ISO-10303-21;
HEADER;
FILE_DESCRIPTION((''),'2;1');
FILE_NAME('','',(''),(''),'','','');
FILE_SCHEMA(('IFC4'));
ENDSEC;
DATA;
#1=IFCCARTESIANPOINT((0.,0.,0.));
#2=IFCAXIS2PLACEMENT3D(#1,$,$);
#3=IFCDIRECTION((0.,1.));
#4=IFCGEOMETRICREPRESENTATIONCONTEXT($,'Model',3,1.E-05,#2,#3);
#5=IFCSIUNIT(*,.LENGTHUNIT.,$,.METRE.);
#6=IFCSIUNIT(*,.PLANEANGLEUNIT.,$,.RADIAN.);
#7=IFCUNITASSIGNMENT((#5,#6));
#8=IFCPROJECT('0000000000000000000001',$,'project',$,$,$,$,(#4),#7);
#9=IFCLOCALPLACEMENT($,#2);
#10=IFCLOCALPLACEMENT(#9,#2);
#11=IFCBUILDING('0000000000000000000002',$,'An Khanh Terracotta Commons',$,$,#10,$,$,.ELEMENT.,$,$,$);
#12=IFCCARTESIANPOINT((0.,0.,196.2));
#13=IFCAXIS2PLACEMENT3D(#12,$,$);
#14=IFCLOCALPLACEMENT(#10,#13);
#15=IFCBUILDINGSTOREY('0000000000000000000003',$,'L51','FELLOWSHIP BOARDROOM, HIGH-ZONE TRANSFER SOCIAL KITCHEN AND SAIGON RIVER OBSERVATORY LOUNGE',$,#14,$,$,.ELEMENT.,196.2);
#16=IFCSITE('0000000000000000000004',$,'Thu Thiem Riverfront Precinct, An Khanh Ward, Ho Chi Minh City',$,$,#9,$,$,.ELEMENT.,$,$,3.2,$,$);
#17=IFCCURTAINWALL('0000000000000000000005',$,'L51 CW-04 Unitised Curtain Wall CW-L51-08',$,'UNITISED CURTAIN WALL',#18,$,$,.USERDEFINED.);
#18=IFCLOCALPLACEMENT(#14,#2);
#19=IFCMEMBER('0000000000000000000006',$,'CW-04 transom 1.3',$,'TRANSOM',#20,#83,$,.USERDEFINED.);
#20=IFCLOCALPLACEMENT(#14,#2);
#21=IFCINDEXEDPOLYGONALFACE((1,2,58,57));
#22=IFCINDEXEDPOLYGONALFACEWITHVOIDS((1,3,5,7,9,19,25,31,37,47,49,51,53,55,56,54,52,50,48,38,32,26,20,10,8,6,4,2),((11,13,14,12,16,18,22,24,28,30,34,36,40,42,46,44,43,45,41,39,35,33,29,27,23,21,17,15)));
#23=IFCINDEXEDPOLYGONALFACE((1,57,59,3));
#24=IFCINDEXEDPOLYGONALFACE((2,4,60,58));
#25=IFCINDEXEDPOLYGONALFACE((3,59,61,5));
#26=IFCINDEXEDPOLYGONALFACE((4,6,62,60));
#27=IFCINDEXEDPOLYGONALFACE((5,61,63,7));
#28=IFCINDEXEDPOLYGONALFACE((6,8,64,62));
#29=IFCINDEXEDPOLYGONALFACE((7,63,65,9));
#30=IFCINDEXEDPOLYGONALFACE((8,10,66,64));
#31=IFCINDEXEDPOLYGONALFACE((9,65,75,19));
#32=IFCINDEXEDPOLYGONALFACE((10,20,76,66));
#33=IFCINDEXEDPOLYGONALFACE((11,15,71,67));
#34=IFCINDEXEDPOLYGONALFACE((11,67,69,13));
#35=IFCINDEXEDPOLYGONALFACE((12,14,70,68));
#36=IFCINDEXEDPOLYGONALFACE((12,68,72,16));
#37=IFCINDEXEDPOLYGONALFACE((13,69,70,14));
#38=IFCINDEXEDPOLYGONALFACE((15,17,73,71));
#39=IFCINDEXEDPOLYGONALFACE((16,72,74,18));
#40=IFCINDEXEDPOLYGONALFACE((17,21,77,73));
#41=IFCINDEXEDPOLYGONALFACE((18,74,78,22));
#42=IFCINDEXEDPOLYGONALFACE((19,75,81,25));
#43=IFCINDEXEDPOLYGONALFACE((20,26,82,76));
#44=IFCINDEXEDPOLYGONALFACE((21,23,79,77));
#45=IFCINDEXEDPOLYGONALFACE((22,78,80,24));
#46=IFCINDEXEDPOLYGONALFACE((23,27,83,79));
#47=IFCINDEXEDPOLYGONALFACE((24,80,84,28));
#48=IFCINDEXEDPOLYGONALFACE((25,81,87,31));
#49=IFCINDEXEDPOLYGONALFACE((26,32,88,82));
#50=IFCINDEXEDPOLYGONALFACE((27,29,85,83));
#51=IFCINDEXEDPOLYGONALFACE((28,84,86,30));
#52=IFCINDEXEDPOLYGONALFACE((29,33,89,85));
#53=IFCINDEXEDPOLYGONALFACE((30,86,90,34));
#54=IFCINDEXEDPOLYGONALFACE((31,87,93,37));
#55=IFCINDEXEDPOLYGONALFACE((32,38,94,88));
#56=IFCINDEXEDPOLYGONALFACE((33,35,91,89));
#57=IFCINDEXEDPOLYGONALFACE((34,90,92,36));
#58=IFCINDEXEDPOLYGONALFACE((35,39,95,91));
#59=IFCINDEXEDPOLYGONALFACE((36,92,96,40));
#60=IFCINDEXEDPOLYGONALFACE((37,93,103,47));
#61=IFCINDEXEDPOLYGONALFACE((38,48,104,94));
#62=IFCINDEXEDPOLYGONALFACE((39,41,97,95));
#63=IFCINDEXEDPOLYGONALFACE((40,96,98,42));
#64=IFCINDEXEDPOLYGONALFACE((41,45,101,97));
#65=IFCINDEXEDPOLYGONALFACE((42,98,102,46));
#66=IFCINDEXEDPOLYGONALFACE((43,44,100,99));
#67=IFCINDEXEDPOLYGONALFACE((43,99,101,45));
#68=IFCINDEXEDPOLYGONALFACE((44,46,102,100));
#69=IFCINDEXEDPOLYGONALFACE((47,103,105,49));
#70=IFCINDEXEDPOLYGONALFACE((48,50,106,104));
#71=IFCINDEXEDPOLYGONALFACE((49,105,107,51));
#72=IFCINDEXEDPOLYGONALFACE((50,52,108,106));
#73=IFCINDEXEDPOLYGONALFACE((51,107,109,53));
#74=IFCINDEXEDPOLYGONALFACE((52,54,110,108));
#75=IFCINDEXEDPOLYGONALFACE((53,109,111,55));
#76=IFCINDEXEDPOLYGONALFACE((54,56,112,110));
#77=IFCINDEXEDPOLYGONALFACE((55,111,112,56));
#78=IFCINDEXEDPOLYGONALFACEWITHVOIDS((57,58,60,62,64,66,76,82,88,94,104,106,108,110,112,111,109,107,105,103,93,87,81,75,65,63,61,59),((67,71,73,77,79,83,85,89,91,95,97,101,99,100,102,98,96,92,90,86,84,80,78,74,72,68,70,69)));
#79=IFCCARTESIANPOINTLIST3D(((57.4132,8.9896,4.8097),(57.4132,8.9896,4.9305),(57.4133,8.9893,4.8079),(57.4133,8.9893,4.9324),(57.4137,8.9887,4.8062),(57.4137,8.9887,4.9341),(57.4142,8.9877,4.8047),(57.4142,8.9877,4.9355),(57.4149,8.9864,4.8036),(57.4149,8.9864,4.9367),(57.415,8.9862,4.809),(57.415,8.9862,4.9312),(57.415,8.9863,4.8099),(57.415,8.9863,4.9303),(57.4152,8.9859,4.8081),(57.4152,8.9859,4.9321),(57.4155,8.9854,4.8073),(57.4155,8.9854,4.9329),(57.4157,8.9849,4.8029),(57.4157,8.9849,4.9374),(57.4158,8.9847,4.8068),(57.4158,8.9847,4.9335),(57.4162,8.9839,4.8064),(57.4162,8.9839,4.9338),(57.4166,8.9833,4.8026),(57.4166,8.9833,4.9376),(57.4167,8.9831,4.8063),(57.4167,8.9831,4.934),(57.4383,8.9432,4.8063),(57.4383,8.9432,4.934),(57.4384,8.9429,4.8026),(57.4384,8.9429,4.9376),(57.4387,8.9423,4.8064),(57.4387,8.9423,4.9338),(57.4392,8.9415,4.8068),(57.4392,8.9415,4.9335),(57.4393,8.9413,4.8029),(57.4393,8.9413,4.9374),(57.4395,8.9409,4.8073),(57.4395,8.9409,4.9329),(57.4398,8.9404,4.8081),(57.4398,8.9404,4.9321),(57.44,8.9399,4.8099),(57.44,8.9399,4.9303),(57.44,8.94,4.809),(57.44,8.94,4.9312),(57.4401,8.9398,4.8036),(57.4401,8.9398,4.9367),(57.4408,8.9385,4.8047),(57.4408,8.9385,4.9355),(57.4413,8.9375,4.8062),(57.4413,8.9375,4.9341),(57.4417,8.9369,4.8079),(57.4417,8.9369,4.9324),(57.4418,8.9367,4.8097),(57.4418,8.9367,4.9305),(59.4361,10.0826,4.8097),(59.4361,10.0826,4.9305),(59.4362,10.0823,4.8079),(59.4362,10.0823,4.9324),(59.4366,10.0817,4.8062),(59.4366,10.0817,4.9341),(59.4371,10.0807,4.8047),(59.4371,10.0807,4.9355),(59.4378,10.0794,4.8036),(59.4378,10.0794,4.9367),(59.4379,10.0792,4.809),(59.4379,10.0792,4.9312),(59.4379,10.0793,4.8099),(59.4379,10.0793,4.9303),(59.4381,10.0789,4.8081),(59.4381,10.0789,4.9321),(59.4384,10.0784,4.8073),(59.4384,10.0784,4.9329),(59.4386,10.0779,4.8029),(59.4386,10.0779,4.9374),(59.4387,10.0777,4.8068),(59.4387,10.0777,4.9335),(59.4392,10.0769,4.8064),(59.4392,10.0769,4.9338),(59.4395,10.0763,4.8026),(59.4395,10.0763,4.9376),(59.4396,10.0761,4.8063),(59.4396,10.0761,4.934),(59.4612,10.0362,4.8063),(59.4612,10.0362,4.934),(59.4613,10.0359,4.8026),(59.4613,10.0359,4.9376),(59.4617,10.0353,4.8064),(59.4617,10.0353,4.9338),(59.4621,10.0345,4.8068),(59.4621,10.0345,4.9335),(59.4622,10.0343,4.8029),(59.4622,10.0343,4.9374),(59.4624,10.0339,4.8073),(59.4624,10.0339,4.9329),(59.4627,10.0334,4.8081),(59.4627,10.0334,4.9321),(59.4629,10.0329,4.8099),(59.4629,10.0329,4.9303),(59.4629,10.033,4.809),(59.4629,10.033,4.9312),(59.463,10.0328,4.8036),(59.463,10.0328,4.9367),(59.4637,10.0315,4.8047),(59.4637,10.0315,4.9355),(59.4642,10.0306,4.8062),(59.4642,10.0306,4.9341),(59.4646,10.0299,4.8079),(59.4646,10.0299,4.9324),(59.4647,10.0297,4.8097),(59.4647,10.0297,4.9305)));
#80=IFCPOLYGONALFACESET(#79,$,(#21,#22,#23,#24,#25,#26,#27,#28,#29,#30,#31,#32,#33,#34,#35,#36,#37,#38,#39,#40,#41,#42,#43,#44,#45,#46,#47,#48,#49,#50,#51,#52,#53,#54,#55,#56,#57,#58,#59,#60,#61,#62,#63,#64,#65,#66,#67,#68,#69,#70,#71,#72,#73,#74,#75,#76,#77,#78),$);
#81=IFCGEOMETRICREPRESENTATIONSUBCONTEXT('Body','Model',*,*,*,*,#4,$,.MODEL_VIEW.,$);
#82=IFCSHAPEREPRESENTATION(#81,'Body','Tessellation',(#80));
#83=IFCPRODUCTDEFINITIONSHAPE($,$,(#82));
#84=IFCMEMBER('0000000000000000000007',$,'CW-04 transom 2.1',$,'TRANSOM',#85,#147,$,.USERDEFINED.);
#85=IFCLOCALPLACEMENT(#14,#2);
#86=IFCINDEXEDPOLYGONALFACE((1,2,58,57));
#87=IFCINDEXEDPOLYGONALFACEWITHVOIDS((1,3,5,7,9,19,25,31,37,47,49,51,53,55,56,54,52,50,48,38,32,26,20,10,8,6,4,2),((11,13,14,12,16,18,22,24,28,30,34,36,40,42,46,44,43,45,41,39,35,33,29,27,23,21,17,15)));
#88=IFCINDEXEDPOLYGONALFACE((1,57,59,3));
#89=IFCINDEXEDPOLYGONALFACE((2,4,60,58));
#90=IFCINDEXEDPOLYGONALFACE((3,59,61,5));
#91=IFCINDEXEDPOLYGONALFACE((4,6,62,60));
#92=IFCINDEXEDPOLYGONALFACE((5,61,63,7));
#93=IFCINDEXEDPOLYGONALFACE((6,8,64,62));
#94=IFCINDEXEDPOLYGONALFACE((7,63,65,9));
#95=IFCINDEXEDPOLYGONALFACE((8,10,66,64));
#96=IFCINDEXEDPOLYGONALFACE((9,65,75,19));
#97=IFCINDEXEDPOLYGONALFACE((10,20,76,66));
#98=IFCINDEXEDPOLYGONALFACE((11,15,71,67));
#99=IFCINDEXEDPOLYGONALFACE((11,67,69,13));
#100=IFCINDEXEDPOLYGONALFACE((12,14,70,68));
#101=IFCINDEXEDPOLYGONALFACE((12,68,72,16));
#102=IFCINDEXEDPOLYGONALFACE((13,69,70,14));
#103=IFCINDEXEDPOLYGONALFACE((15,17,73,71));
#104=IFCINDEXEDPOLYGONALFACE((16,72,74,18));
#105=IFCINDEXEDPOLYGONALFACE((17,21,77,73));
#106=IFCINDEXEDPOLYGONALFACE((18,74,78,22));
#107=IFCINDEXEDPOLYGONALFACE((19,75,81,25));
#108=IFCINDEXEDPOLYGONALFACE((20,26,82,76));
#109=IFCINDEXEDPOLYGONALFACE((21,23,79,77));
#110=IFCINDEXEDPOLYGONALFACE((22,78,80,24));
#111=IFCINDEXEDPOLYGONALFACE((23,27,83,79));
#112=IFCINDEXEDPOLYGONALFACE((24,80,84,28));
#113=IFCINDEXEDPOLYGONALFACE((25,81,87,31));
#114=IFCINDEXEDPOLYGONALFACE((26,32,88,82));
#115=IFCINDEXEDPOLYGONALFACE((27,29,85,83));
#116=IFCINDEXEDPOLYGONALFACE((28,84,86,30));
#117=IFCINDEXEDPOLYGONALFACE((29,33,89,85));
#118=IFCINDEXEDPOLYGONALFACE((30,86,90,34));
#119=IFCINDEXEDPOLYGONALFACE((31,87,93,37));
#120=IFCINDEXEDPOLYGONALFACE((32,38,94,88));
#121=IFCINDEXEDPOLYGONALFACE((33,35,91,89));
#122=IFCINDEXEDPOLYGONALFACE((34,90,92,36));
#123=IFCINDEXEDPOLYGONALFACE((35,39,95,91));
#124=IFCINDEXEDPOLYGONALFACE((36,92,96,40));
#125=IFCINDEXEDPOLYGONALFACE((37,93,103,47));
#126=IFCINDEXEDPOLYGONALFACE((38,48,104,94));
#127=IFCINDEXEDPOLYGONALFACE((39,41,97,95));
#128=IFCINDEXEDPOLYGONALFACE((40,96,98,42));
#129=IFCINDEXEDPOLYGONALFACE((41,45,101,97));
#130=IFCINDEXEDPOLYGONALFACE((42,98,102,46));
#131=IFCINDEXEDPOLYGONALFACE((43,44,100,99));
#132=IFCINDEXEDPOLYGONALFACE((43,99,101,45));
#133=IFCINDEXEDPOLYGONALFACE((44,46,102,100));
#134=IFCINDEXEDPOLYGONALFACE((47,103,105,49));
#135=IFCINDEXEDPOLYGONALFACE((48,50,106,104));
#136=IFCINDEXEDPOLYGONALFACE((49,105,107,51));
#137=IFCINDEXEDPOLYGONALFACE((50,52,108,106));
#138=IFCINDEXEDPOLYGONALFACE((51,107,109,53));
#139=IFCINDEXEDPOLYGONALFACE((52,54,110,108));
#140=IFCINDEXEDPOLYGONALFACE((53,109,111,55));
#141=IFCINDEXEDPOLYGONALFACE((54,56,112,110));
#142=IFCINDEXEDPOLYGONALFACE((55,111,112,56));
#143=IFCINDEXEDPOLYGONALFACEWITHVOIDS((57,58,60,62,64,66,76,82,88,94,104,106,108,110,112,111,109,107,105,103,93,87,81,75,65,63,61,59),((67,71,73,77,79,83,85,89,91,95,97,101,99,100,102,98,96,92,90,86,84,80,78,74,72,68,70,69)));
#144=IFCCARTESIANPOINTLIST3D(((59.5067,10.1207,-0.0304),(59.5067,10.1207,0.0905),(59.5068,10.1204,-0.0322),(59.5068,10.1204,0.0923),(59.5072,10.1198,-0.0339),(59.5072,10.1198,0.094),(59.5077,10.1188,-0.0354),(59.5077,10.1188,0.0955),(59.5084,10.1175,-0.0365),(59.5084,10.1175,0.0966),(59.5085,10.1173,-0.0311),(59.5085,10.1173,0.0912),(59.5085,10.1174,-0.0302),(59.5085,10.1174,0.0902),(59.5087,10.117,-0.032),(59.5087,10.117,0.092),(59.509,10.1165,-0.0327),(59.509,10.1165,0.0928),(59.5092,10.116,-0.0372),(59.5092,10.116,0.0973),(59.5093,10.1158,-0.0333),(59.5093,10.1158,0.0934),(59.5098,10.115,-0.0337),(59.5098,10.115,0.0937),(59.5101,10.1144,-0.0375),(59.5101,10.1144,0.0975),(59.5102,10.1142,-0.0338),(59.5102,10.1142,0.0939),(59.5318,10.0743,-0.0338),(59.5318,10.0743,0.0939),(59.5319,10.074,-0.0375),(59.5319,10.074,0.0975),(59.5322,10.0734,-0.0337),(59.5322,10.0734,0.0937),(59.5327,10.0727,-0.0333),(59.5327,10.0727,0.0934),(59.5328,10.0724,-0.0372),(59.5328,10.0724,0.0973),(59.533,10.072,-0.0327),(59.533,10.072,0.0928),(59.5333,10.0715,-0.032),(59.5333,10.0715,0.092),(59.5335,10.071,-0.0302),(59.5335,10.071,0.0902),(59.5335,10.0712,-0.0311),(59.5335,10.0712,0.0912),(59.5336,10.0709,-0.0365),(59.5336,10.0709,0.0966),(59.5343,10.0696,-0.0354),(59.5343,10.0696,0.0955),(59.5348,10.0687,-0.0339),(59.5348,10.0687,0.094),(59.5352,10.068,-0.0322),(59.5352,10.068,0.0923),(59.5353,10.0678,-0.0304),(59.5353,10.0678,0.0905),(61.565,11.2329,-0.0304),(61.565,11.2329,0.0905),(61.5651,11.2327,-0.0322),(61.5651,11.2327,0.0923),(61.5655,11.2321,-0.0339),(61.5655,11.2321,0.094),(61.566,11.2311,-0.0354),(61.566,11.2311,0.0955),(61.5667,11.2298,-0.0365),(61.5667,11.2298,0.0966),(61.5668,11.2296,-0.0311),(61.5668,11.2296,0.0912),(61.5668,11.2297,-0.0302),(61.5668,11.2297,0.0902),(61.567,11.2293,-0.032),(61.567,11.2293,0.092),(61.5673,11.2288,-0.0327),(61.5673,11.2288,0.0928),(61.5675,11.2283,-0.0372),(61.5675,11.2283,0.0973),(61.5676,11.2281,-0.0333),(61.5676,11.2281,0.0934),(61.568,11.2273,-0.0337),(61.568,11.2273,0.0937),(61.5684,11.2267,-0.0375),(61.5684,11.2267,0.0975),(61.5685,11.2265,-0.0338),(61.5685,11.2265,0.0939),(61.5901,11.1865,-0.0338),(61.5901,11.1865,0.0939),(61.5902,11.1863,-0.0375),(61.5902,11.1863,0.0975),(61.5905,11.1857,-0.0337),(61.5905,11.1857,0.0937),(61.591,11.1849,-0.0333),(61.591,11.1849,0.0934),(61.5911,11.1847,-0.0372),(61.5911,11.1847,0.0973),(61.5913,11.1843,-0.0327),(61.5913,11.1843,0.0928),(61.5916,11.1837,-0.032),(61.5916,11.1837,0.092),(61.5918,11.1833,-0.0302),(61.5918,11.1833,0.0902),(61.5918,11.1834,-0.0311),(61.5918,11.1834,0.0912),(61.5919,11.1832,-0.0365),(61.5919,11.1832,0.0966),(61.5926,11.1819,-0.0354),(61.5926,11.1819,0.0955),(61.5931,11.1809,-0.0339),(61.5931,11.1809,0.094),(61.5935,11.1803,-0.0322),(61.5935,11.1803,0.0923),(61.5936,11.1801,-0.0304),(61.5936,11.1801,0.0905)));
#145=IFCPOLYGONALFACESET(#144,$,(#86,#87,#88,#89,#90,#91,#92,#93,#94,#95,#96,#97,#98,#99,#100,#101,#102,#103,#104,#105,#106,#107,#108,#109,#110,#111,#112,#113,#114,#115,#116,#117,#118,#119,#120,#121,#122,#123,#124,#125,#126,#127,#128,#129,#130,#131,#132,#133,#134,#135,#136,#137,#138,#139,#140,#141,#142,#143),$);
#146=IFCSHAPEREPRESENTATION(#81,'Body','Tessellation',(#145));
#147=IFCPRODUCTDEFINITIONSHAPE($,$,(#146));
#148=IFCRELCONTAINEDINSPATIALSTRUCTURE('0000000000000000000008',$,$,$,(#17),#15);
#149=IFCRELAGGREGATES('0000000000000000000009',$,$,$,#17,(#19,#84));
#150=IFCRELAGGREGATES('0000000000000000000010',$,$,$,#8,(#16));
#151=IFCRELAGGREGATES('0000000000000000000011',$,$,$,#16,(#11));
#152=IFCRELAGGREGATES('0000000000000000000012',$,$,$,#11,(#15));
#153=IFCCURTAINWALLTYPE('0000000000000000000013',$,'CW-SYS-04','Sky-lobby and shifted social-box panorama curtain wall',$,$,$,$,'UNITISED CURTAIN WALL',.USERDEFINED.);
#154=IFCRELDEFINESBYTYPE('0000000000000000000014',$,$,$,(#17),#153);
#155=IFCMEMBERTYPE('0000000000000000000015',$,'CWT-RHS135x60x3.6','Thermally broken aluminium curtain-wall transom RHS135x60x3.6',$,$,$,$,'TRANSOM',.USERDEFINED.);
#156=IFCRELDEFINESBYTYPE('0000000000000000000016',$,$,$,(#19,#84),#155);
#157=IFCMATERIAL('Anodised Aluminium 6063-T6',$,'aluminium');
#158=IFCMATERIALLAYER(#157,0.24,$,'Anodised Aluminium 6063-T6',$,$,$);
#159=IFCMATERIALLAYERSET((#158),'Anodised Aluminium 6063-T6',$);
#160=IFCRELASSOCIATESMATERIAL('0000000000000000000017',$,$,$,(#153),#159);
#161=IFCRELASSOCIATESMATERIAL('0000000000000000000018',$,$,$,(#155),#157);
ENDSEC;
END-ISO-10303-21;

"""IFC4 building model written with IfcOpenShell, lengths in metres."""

from ifc_helpers import new_model, si_unit, direction, frame, origin, origin_2d, place, context, subcontext, project, spatial, hollow_rectangle, extrude, material, layer, layer_set, material_profile, profile_set, type_object, element, aggregate, save


model = new_model("IFC4")

# Units and contexts
model_context = context("Model", 3, precision=1e-05, world=origin(), true_north=direction((0.0, 1.0)))
body_context = subcontext(model_context, "Body", "Model", "MODEL_VIEW")
ifc_project = project(units=[si_unit("LENGTHUNIT", "METRE"), si_unit("PLANEANGLEUNIT", "RADIAN")], contexts=[model_context])

# Site, building, storey
site_placement = place(None, origin())
site = spatial("IfcSite", under=ifc_project, at=site_placement, Name="Thu Thiem Riverfront Precinct, An Khanh Ward, Ho Chi Minh City", CompositionType="ELEMENT", RefElevation=3.2)
building_placement = place(site_placement, origin())
building = spatial("IfcBuilding", under=site, at=building_placement, Name="An Khanh Terracotta Commons", CompositionType="ELEMENT")
storey_placement = place(building_placement, frame((0.0, 0.0, 196.2)))
storey = spatial("IfcBuildingStorey", under=building, at=storey_placement, Name="L51", Description="FELLOWSHIP BOARDROOM, HIGH-ZONE TRANSFER SOCIAL KITCHEN AND SAIGON RIVER OBSERVATORY LOUNGE", CompositionType="ELEMENT", Elevation=196.2)

# Curtain wall, members
ifc_material_1 = material(Name="Anodised Aluminium 6063-T6", Category="aluminium")
ifc_layer_1 = layer(ifc_material_1, 0.24, Name="Anodised Aluminium 6063-T6")
ifc_layer_set_1 = layer_set([ifc_layer_1], Name="Anodised Aluminium 6063-T6")
curtain_wall_type = type_object("IfcCurtainWallType", Name="CW-SYS-04", Description="Sky-lobby and shifted social-box panorama curtain wall", ElementType="UNITISED CURTAIN WALL", PredefinedType="USERDEFINED", material=ifc_layer_set_1)
curtain_wall_placement = place(storey_placement, origin())
curtain_wall = element("IfcCurtainWall", 1, at=curtain_wall_placement, inside=storey, type_object=curtain_wall_type, Name="L51 CW-04 Unitised Curtain Wall CW-L51-08", ObjectType="UNITISED CURTAIN WALL", PredefinedType="USERDEFINED")
ifc_material_profile_1 = material_profile(ifc_material_1, hollow_rectangle(XDim=0.0601, YDim=0.135, WallThickness=0.0037, InnerFilletRadius=0.0037, OuterFilletRadius=0.0071, at=origin_2d()), Name="RHS135x60x3.6")
ifc_profile_set_1 = profile_set([ifc_material_profile_1], Name="Anodised Aluminium 6063-T6")
member_type_1 = type_object("IfcMemberType", Name="CWT-RHS135x60x3.6", Description="Thermally broken aluminium curtain-wall transom RHS135x60x3.6", ElementType="TRANSOM", PredefinedType="USERDEFINED", material=ifc_profile_set_1)
member_1_placement = place(storey_placement, frame((57.4275, 8.9631, 4.8701), z_axis=(0.879792, 0.475359, 0.0), x_axis=(-0.475359, 0.879792, 0.0)))
member_1 = element("IfcMember", 2, at=member_1_placement, type_object=member_type_1, Name="CW-04 transom 1.3", ObjectType="TRANSOM", PredefinedType="USERDEFINED", context=body_context, shape_type="SweptSolid", body=[
    extrude(hollow_rectangle(XDim=0.0601, YDim=0.135, WallThickness=0.0037, InnerFilletRadius=0.0037, OuterFilletRadius=0.0071, at=origin_2d()), origin(), (0.0, 0.0, 1.0), 2.2993),
])
member_2_placement = place(storey_placement, frame((59.521, 10.0942, 0.03), z_axis=(0.879763, 0.475412, 0.0), x_axis=(-0.475412, 0.879763, 0.0)))
member_2 = element("IfcMember", 3, at=member_2_placement, type_object=member_type_1, Name="CW-04 transom 2.1", ObjectType="TRANSOM", PredefinedType="USERDEFINED", context=body_context, shape_type="SweptSolid", body=[
    extrude(hollow_rectangle(XDim=0.0601, YDim=0.135, WallThickness=0.0037, InnerFilletRadius=0.0037, OuterFilletRadius=0.0071, at=origin_2d()), origin(), (0.0, 0.0, 1.0), 2.3396),
])
aggregate(curtain_wall, [member_1, member_2])

save(model, "model.ifc")
